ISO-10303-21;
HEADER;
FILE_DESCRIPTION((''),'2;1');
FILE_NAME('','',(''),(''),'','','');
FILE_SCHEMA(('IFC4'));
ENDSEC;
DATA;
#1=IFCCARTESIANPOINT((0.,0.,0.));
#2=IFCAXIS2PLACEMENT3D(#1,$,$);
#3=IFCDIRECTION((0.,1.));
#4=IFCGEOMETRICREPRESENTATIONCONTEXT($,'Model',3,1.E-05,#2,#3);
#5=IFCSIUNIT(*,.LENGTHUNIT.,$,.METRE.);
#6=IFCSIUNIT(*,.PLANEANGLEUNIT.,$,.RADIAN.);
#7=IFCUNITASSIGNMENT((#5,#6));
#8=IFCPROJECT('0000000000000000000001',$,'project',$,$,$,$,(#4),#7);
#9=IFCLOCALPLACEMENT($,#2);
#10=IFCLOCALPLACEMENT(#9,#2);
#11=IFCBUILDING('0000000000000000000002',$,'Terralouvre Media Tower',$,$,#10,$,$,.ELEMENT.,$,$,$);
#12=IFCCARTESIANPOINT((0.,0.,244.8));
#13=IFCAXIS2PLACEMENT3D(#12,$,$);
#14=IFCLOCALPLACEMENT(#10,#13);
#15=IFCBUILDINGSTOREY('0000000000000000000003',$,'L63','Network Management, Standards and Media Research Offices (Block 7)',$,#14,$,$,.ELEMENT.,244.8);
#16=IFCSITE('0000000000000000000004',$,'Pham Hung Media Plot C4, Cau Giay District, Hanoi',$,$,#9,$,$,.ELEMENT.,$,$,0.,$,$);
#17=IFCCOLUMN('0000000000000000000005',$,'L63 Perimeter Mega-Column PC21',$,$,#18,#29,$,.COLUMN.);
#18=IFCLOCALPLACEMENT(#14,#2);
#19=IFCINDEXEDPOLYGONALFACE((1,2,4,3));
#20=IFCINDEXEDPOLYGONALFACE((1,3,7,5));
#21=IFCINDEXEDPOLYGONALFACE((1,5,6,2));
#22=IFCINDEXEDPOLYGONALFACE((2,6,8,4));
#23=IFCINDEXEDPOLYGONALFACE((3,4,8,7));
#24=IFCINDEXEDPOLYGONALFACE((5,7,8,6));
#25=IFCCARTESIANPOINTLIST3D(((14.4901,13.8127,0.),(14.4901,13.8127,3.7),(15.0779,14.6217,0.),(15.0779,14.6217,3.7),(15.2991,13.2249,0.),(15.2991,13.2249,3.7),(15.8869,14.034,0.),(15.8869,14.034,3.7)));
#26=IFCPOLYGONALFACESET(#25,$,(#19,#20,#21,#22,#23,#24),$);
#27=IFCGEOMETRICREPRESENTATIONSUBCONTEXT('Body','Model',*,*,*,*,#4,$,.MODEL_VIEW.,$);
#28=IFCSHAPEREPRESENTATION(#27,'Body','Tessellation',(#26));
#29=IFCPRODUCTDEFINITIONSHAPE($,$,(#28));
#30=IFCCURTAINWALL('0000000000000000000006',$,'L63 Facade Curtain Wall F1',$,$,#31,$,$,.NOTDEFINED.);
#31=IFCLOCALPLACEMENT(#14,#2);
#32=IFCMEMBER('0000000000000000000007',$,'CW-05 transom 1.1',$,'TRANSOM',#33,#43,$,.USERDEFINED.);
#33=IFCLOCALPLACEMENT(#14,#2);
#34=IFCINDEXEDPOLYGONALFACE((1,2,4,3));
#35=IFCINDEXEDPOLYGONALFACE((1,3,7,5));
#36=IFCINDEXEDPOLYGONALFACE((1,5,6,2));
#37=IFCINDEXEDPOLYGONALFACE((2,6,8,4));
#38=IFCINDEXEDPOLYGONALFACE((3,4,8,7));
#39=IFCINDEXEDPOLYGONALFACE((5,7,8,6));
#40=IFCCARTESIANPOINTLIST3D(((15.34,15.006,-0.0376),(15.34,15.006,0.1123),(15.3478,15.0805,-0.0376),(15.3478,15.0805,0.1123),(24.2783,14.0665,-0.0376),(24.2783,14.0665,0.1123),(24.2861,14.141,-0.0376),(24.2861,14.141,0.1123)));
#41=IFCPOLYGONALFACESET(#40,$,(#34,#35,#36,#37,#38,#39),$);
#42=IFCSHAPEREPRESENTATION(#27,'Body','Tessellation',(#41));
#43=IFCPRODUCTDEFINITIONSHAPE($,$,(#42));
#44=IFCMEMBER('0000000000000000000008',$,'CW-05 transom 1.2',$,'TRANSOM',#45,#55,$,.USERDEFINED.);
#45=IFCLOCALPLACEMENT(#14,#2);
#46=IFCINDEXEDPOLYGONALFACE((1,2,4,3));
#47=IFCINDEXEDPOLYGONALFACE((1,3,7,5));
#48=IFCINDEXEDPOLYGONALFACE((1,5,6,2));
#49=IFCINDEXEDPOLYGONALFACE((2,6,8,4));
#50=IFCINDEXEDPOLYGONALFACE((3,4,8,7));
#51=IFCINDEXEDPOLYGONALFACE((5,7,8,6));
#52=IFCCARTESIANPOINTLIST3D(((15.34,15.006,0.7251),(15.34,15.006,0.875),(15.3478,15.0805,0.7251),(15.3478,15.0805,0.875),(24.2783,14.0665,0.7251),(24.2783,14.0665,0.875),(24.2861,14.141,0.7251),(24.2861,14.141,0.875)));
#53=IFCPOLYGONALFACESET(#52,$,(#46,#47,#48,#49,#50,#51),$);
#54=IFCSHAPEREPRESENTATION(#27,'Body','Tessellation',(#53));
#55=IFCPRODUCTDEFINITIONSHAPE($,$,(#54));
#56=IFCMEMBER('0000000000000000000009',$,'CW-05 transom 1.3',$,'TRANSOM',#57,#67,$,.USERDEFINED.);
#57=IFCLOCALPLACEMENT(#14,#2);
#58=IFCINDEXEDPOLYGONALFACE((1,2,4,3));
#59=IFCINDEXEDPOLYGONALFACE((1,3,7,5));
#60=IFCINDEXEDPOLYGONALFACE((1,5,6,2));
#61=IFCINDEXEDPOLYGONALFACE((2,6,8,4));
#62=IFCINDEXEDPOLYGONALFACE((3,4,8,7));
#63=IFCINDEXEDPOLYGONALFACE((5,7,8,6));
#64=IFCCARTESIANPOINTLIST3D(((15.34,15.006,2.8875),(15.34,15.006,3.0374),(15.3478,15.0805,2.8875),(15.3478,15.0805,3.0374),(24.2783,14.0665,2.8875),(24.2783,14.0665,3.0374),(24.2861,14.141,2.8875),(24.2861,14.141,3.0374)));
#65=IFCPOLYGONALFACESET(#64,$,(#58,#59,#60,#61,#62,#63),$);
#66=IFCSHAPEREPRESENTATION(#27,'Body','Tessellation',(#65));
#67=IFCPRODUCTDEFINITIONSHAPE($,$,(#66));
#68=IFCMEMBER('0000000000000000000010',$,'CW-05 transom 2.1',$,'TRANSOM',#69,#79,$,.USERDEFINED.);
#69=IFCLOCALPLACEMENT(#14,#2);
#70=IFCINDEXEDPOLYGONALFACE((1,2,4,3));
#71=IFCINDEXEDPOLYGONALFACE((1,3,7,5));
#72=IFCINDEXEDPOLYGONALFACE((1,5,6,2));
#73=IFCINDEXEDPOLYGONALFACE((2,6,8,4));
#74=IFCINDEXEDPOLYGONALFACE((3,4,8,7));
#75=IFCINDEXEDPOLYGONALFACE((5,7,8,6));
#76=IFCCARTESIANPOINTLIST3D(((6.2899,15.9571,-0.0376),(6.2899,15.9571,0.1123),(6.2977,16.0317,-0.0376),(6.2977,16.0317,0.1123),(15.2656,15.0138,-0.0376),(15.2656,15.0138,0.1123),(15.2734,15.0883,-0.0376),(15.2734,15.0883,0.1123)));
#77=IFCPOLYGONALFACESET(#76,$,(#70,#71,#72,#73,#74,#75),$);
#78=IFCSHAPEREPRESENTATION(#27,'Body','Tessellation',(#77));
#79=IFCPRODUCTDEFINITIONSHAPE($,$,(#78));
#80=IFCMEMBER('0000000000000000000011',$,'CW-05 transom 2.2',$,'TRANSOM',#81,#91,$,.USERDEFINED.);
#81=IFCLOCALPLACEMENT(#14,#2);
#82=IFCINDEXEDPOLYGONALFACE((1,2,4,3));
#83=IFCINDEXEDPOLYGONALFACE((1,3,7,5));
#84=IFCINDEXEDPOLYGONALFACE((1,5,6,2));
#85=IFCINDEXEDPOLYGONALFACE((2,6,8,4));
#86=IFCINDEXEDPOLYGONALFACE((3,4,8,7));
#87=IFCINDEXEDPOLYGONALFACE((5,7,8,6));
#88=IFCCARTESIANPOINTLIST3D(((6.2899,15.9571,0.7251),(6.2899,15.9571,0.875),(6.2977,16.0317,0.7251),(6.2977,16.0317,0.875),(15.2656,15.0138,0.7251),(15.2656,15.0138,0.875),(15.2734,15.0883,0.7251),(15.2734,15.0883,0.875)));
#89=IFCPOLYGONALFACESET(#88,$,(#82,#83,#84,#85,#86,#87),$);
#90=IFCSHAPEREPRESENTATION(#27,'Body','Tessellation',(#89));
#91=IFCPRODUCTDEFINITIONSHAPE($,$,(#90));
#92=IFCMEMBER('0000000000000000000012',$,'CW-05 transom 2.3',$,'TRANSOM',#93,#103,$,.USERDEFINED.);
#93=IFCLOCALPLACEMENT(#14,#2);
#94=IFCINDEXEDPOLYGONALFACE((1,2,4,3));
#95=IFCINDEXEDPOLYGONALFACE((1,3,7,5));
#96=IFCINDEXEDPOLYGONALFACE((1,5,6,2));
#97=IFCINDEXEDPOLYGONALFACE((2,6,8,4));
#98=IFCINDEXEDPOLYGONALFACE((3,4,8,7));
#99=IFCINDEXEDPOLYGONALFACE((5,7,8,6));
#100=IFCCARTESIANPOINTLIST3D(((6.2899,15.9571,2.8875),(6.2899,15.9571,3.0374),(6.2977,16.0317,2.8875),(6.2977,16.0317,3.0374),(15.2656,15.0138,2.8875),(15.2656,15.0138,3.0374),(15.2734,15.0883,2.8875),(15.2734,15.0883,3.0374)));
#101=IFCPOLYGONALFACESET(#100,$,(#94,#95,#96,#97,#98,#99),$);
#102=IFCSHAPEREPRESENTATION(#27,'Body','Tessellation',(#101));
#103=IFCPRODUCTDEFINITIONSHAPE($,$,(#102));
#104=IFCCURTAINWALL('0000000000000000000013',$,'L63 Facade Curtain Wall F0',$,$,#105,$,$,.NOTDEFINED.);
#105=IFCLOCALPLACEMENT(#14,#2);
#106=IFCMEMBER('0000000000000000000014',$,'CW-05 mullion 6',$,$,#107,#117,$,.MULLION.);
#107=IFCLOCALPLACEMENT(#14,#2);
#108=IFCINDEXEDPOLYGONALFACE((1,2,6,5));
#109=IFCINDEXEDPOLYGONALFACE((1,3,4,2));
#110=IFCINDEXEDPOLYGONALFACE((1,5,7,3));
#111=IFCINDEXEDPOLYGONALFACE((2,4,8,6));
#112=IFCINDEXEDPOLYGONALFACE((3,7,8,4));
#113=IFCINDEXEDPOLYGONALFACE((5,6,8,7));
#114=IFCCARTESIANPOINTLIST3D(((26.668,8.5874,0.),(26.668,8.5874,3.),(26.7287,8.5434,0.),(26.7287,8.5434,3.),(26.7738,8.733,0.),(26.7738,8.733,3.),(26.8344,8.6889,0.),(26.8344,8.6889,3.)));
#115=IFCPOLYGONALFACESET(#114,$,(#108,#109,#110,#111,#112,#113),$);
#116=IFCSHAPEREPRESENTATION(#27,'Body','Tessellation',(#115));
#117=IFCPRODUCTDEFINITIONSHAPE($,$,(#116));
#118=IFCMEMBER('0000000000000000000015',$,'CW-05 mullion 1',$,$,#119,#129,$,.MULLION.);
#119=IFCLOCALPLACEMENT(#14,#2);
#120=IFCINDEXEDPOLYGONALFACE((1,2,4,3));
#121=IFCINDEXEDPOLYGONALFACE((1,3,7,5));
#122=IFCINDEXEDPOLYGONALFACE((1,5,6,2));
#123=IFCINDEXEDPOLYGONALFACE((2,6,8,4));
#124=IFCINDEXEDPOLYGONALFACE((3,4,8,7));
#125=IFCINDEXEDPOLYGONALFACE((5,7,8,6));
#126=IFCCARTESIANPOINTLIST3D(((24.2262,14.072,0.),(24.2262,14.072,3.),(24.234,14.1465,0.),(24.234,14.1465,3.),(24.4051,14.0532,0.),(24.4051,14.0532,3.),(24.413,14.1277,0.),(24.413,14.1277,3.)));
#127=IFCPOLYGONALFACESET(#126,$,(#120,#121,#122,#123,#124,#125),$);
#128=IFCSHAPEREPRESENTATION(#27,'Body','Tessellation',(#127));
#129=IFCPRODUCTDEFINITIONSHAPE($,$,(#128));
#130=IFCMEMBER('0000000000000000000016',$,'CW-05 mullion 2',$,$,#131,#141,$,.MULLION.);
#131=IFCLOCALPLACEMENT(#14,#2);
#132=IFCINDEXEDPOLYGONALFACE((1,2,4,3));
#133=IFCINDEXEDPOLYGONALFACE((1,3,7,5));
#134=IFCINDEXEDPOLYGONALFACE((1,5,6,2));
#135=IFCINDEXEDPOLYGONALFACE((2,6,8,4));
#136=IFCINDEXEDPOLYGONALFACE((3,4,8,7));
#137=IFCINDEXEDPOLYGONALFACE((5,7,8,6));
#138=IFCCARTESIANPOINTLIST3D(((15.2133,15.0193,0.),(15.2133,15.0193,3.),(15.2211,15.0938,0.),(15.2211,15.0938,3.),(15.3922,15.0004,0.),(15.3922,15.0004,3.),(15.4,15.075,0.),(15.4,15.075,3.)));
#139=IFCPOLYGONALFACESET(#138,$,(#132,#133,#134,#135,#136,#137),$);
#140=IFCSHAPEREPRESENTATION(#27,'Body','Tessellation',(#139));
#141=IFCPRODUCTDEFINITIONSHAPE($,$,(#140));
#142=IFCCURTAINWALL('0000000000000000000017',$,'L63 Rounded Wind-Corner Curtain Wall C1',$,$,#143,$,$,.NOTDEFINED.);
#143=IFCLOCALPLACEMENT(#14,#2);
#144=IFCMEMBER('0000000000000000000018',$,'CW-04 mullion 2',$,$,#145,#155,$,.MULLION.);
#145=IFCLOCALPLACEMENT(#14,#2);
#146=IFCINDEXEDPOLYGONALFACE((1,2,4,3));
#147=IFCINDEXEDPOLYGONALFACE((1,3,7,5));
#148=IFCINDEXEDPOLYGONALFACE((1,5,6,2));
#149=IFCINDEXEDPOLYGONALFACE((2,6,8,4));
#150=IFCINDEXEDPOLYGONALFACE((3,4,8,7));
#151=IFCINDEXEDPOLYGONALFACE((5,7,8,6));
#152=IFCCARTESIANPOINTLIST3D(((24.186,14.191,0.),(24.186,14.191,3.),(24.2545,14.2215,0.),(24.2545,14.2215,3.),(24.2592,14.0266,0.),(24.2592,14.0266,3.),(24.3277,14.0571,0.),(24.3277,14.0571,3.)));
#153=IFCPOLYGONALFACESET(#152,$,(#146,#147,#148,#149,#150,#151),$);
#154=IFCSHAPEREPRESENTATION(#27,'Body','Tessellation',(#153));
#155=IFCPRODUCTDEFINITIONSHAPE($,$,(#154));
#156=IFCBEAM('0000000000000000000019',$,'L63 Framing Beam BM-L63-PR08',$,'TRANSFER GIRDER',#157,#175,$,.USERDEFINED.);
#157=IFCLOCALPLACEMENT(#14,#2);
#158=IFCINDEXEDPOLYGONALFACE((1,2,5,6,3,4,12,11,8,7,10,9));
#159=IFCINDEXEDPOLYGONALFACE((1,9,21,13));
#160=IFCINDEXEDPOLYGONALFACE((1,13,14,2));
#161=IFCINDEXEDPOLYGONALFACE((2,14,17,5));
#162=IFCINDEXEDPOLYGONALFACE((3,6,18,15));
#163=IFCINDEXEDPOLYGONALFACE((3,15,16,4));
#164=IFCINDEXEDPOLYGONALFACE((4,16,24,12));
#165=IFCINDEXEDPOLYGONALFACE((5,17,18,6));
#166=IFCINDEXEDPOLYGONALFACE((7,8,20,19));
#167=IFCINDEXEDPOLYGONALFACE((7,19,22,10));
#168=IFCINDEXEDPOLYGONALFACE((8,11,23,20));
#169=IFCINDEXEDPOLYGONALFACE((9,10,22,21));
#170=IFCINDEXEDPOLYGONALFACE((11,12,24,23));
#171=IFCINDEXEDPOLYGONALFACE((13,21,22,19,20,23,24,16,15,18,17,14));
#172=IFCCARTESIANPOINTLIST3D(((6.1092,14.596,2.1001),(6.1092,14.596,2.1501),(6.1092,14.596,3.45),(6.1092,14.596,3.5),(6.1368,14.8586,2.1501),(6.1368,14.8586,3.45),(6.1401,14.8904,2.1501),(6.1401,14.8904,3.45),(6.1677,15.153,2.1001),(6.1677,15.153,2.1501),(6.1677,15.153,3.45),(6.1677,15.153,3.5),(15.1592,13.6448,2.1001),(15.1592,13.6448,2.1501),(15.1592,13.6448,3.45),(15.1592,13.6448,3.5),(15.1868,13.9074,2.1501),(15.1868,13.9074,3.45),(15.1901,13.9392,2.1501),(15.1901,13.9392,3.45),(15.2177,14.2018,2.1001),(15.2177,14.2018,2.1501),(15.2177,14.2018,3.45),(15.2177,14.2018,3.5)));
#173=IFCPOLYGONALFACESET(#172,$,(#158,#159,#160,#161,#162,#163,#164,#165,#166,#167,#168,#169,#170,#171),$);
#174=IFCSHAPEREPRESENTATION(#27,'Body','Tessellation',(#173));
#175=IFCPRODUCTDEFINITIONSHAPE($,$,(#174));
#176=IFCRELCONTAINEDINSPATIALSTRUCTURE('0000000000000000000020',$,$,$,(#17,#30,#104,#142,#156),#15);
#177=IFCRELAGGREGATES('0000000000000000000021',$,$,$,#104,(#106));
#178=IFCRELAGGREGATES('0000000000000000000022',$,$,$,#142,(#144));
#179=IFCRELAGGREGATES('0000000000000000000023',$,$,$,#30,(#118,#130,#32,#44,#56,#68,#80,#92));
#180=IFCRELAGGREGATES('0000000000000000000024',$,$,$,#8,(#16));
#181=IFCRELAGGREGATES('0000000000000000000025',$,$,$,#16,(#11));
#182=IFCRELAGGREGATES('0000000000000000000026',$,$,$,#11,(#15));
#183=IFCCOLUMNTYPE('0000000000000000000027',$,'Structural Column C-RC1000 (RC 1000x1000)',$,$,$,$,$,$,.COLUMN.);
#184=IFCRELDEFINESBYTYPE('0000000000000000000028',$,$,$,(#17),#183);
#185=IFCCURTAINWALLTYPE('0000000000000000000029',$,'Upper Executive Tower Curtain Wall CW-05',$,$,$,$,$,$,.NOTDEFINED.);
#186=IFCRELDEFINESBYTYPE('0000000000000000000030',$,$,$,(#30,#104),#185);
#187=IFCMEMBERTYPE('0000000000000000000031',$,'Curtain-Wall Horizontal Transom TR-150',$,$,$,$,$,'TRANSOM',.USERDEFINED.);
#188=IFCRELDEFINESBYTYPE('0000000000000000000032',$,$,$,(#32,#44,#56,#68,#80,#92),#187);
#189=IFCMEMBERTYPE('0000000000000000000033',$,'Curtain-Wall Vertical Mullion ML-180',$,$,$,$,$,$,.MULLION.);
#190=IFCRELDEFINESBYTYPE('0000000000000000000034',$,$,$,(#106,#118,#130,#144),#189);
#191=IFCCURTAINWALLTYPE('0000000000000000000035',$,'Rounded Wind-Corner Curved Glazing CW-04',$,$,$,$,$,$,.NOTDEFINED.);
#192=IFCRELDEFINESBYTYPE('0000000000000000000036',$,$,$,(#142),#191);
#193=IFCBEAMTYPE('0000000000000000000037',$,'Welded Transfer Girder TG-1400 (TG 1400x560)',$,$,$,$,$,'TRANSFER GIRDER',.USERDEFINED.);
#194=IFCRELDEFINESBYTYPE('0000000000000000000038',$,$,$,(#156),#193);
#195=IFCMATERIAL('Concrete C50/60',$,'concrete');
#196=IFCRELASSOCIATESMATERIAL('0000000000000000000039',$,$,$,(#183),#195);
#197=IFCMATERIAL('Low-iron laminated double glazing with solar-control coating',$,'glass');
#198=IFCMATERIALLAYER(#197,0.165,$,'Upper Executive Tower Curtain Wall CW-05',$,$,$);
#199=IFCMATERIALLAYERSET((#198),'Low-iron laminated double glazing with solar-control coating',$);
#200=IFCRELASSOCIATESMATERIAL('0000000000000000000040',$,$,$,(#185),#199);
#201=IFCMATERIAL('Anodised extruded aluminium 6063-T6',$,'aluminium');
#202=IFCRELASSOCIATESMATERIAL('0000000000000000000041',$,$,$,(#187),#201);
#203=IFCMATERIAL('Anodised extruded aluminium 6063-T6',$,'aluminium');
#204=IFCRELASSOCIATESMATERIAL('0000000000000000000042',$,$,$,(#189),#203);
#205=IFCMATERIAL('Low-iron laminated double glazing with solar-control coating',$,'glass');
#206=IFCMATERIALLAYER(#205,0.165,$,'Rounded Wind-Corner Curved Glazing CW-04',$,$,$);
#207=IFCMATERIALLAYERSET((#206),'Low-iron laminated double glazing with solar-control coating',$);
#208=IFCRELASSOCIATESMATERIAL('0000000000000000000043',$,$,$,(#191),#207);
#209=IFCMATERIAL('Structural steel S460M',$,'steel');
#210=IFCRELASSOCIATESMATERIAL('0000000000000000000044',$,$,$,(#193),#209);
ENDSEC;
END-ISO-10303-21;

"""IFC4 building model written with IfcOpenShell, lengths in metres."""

from ifc_helpers import new_model, si_unit, direction, frame, origin, origin_2d, place, context, subcontext, project, spatial, rectangle, i_section, extrude, material, layer, layer_set, material_profile, profile_set, type_object, element, aggregate, save


model = new_model("IFC4")

# Units and contexts
model_context = context("Model", 3, precision=1e-05, world=origin(), true_north=direction((0.0, 1.0)))
body_context = subcontext(model_context, "Body", "Model", "MODEL_VIEW")
ifc_project = project(units=[si_unit("LENGTHUNIT", "METRE"), si_unit("PLANEANGLEUNIT", "RADIAN")], contexts=[model_context])

# Site, building, storey
site_placement = place(None, origin())
site = spatial("IfcSite", under=ifc_project, at=site_placement, Name="Pham Hung Media Plot C4, Cau Giay District, Hanoi", CompositionType="ELEMENT", RefElevation=0.0)
building_placement = place(site_placement, origin())
building = spatial("IfcBuilding", under=site, at=building_placement, Name="Terralouvre Media Tower", CompositionType="ELEMENT")
storey_placement = place(building_placement, frame((0.0, 0.0, 244.8)))
storey = spatial("IfcBuildingStorey", under=building, at=storey_placement, Name="L63", Description="Network Management, Standards and Media Research Offices (Block 7)", CompositionType="ELEMENT", Elevation=244.8)

# Column
ifc_material_1 = material(Name="Concrete C50/60", Category="concrete")
ifc_material_profile_1 = material_profile(ifc_material_1, rectangle(XDim=1.0, YDim=1.0, at=origin_2d()), Name="RC 1000x1000")
ifc_profile_set_1 = profile_set([ifc_material_profile_1], Name="Concrete C50/60")
column_type = type_object("IfcColumnType", Name="Structural Column C-RC1000 (RC 1000x1000)", PredefinedType="COLUMN", material=ifc_profile_set_1)
column_placement = place(storey_placement, frame((15.1885, 13.9233, 0.0), z_axis=(0.0, 0.0, 1.0), x_axis=(0.587785, 0.809017, 0.0)))
element("IfcColumn", 1, at=column_placement, inside=storey, type_object=column_type, Name="L63 Perimeter Mega-Column PC21", PredefinedType="COLUMN", context=body_context, shape_type="SweptSolid", body=[
    extrude(rectangle(XDim=1.0, YDim=1.0, at=origin_2d()), origin(), (0.0, 0.0, 1.0), 3.7),
])

# Curtain wall, members
ifc_material_2 = material(Name="Low-iron laminated double glazing with solar-control coating", Category="glass")
ifc_layer_1 = layer(ifc_material_2, 0.165, Name="Upper Executive Tower Curtain Wall CW-05")
ifc_layer_set_1 = layer_set([ifc_layer_1], Name="Low-iron laminated double glazing with solar-control coating")
curtain_wall_type_1 = type_object("IfcCurtainWallType", Name="Upper Executive Tower Curtain Wall CW-05", PredefinedType="NOTDEFINED", material=ifc_layer_set_1)
curtain_wall_1_placement = place(storey_placement, origin())
curtain_wall_1 = element("IfcCurtainWall", 2, at=curtain_wall_1_placement, inside=storey, type_object=curtain_wall_type_1, Name="L63 Facade Curtain Wall F1", PredefinedType="NOTDEFINED")
ifc_material_3 = material(Name="Anodised extruded aluminium 6063-T6", Category="aluminium")
ifc_material_profile_2 = material_profile(ifc_material_3, rectangle(XDim=0.075, YDim=0.1499, at=origin_2d()), Name="ALU 75x150")
ifc_profile_set_2 = profile_set([ifc_material_profile_2], Name="Anodised extruded aluminium 6063-T6")
member_type_1 = type_object("IfcMemberType", Name="Curtain-Wall Horizontal Transom TR-150", ElementType="TRANSOM", PredefinedType="USERDEFINED", material=ifc_profile_set_2)
member_1_placement = place(storey_placement, frame((24.2822, 14.1038, 0.0374), z_axis=(-0.994522, 0.104529, 0.0), x_axis=(-0.104529, -0.994522, 0.0)))
member_1 = element("IfcMember", 3, at=member_1_placement, type_object=member_type_1, Name="CW-05 transom 1.1", ObjectType="TRANSOM", PredefinedType="USERDEFINED", context=body_context, shape_type="SweptSolid", body=[
    extrude(rectangle(XDim=0.075, YDim=0.1499, at=origin_2d()), origin(), (0.0, 0.0, 1.0), 8.9875),
])
member_2_placement = place(storey_placement, frame((24.2822, 14.1038, 0.8), z_axis=(-0.994522, 0.104529, 0.0), x_axis=(-0.104529, -0.994522, 0.0)))
member_2 = element("IfcMember", 4, at=member_2_placement, type_object=member_type_1, Name="CW-05 transom 1.2", ObjectType="TRANSOM", PredefinedType="USERDEFINED", context=body_context, shape_type="SweptSolid", body=[
    extrude(rectangle(XDim=0.075, YDim=0.1499, at=origin_2d()), origin(), (0.0, 0.0, 1.0), 8.9875),
])
member_3_placement = place(storey_placement, frame((24.2822, 14.1038, 2.9624), z_axis=(-0.994522, 0.104529, 0.0), x_axis=(-0.104529, -0.994522, 0.0)))
member_3 = element("IfcMember", 5, at=member_3_placement, type_object=member_type_1, Name="CW-05 transom 1.3", ObjectType="TRANSOM", PredefinedType="USERDEFINED", context=body_context, shape_type="SweptSolid", body=[
    extrude(rectangle(XDim=0.075, YDim=0.1499, at=origin_2d()), origin(), (0.0, 0.0, 1.0), 8.9875),
])
member_4_placement = place(storey_placement, frame((15.2695, 15.051, 0.0374), z_axis=(-0.994522, 0.104527, 0.0), x_axis=(-0.104527, -0.994522, 0.0)))
member_4 = element("IfcMember", 6, at=member_4_placement, type_object=member_type_1, Name="CW-05 transom 2.1", ObjectType="TRANSOM", PredefinedType="USERDEFINED", context=body_context, shape_type="SweptSolid", body=[
    extrude(rectangle(XDim=0.075, YDim=0.1499, at=origin_2d()), origin(), (0.0, 0.0, 1.0), 9.0251),
])
member_5_placement = place(storey_placement, frame((15.2695, 15.051, 0.8), z_axis=(-0.994522, 0.104527, 0.0), x_axis=(-0.104527, -0.994522, 0.0)))
member_5 = element("IfcMember", 7, at=member_5_placement, type_object=member_type_1, Name="CW-05 transom 2.2", ObjectType="TRANSOM", PredefinedType="USERDEFINED", context=body_context, shape_type="SweptSolid", body=[
    extrude(rectangle(XDim=0.075, YDim=0.1499, at=origin_2d()), origin(), (0.0, 0.0, 1.0), 9.0251),
])
member_6_placement = place(storey_placement, frame((15.2695, 15.051, 2.9624), z_axis=(-0.994522, 0.104527, 0.0), x_axis=(-0.104527, -0.994522, 0.0)))
member_6 = element("IfcMember", 8, at=member_6_placement, type_object=member_type_1, Name="CW-05 transom 2.3", ObjectType="TRANSOM", PredefinedType="USERDEFINED", context=body_context, shape_type="SweptSolid", body=[
    extrude(rectangle(XDim=0.075, YDim=0.1499, at=origin_2d()), origin(), (0.0, 0.0, 1.0), 9.0251),
])

# Curtain wall, member
curtain_wall_2_placement = place(storey_placement, origin())
curtain_wall_2 = element("IfcCurtainWall", 9, at=curtain_wall_2_placement, inside=storey, type_object=curtain_wall_type_1, Name="L63 Facade Curtain Wall F0", PredefinedType="NOTDEFINED")
ifc_material_4 = material(Name="Anodised extruded aluminium 6063-T6", Category="aluminium")
ifc_material_profile_3 = material_profile(ifc_material_4, rectangle(XDim=0.075, YDim=0.1799, at=origin_2d()), Name="ALU 75x180")
ifc_profile_set_3 = profile_set([ifc_material_profile_3], Name="Anodised extruded aluminium 6063-T6")
member_type_2 = type_object("IfcMemberType", Name="Curtain-Wall Vertical Mullion ML-180", PredefinedType="MULLION", material=ifc_profile_set_3)
member_7_placement = place(storey_placement, frame((26.7512, 8.6382, 0.0), z_axis=(0.0, 0.0, 1.0), x_axis=(-0.809017, 0.587785, 0.0)))
member_7 = element("IfcMember", 10, at=member_7_placement, type_object=member_type_2, Name="CW-05 mullion 6", PredefinedType="MULLION", context=body_context, shape_type="SweptSolid", body=[
    extrude(rectangle(XDim=0.075, YDim=0.1799, at=origin_2d()), origin(), (0.0, 0.0, 1.0), 3.0),
])
aggregate(curtain_wall_2, [member_7])

# Members
member_8_placement = place(storey_placement, frame((24.3196, 14.0999, 0.0), z_axis=(0.0, 0.0, 1.0), x_axis=(-0.104529, -0.994522, 0.0)))
member_8 = element("IfcMember", 11, at=member_8_placement, type_object=member_type_2, Name="CW-05 mullion 1", PredefinedType="MULLION", context=body_context, shape_type="SweptSolid", body=[
    extrude(rectangle(XDim=0.075, YDim=0.1799, at=origin_2d()), origin(), (0.0, 0.0, 1.0), 3.0),
])
member_9_placement = place(storey_placement, frame((15.3066, 15.0471, 0.0), z_axis=(0.0, 0.0, 1.0), x_axis=(-0.104529, -0.994522, 0.0)))
member_9 = element("IfcMember", 12, at=member_9_placement, type_object=member_type_2, Name="CW-05 mullion 2", PredefinedType="MULLION", context=body_context, shape_type="SweptSolid", body=[
    extrude(rectangle(XDim=0.075, YDim=0.1799, at=origin_2d()), origin(), (0.0, 0.0, 1.0), 3.0),
])

# Curtain wall, member
ifc_material_5 = material(Name="Low-iron laminated double glazing with solar-control coating", Category="glass")
ifc_layer_2 = layer(ifc_material_5, 0.165, Name="Rounded Wind-Corner Curved Glazing CW-04")
ifc_layer_set_2 = layer_set([ifc_layer_2], Name="Low-iron laminated double glazing with solar-control coating")
curtain_wall_type_2 = type_object("IfcCurtainWallType", Name="Rounded Wind-Corner Curved Glazing CW-04", PredefinedType="NOTDEFINED", material=ifc_layer_set_2)
curtain_wall_3_placement = place(storey_placement, origin())
curtain_wall_3 = element("IfcCurtainWall", 13, at=curtain_wall_3_placement, inside=storey, type_object=curtain_wall_type_2, Name="L63 Rounded Wind-Corner Curtain Wall C1", PredefinedType="NOTDEFINED")
member_10_placement = place(storey_placement, frame((24.2568, 14.124, 0.0), z_axis=(0.0, 0.0, 1.0), x_axis=(-0.913545, -0.406737, 0.0)))
member_10 = element("IfcMember", 14, at=member_10_placement, type_object=member_type_2, Name="CW-04 mullion 2", PredefinedType="MULLION", context=body_context, shape_type="SweptSolid", body=[
    extrude(rectangle(XDim=0.075, YDim=0.1799, at=origin_2d()), origin(), (0.0, 0.0, 1.0), 3.0),
])

# Beam
ifc_material_6 = material(Name="Structural steel S460M", Category="steel")
ifc_material_profile_4 = material_profile(ifc_material_6, i_section(OverallWidth=0.5601, OverallDepth=1.3999, WebThickness=0.032, FlangeThickness=0.05, at=origin_2d()), Name="TG 1400x560")
ifc_profile_set_4 = profile_set([ifc_material_profile_4], Name="Structural steel S460M")
beam_type = type_object("IfcBeamType", Name="Welded Transfer Girder TG-1400 (TG 1400x560)", ElementType="TRANSFER GIRDER", PredefinedType="USERDEFINED", material=ifc_profile_set_4)
beam_1_placement = place(storey_placement, frame((15.1885, 13.9233, 2.8), z_axis=(-0.994522, 0.104526, 0.0), x_axis=(-0.104526, -0.994522, 0.0)))
element("IfcBeam", 15, at=beam_1_placement, inside=storey, type_object=beam_type, Name="L63 Framing Beam BM-L63-PR08", ObjectType="TRANSFER GIRDER", PredefinedType="USERDEFINED", context=body_context, shape_type="SweptSolid", body=[
    extrude(i_section(OverallWidth=0.5601, OverallDepth=1.3999, WebThickness=0.032, FlangeThickness=0.05, at=origin_2d()), origin(), (0.0, 0.0, 1.0), 9.0999),
])

aggregate(curtain_wall_3, [member_10])
aggregate(curtain_wall_1, [member_8, member_9, member_1, member_2, member_3, member_4, member_5, member_6])

save(model, "model.ifc")
